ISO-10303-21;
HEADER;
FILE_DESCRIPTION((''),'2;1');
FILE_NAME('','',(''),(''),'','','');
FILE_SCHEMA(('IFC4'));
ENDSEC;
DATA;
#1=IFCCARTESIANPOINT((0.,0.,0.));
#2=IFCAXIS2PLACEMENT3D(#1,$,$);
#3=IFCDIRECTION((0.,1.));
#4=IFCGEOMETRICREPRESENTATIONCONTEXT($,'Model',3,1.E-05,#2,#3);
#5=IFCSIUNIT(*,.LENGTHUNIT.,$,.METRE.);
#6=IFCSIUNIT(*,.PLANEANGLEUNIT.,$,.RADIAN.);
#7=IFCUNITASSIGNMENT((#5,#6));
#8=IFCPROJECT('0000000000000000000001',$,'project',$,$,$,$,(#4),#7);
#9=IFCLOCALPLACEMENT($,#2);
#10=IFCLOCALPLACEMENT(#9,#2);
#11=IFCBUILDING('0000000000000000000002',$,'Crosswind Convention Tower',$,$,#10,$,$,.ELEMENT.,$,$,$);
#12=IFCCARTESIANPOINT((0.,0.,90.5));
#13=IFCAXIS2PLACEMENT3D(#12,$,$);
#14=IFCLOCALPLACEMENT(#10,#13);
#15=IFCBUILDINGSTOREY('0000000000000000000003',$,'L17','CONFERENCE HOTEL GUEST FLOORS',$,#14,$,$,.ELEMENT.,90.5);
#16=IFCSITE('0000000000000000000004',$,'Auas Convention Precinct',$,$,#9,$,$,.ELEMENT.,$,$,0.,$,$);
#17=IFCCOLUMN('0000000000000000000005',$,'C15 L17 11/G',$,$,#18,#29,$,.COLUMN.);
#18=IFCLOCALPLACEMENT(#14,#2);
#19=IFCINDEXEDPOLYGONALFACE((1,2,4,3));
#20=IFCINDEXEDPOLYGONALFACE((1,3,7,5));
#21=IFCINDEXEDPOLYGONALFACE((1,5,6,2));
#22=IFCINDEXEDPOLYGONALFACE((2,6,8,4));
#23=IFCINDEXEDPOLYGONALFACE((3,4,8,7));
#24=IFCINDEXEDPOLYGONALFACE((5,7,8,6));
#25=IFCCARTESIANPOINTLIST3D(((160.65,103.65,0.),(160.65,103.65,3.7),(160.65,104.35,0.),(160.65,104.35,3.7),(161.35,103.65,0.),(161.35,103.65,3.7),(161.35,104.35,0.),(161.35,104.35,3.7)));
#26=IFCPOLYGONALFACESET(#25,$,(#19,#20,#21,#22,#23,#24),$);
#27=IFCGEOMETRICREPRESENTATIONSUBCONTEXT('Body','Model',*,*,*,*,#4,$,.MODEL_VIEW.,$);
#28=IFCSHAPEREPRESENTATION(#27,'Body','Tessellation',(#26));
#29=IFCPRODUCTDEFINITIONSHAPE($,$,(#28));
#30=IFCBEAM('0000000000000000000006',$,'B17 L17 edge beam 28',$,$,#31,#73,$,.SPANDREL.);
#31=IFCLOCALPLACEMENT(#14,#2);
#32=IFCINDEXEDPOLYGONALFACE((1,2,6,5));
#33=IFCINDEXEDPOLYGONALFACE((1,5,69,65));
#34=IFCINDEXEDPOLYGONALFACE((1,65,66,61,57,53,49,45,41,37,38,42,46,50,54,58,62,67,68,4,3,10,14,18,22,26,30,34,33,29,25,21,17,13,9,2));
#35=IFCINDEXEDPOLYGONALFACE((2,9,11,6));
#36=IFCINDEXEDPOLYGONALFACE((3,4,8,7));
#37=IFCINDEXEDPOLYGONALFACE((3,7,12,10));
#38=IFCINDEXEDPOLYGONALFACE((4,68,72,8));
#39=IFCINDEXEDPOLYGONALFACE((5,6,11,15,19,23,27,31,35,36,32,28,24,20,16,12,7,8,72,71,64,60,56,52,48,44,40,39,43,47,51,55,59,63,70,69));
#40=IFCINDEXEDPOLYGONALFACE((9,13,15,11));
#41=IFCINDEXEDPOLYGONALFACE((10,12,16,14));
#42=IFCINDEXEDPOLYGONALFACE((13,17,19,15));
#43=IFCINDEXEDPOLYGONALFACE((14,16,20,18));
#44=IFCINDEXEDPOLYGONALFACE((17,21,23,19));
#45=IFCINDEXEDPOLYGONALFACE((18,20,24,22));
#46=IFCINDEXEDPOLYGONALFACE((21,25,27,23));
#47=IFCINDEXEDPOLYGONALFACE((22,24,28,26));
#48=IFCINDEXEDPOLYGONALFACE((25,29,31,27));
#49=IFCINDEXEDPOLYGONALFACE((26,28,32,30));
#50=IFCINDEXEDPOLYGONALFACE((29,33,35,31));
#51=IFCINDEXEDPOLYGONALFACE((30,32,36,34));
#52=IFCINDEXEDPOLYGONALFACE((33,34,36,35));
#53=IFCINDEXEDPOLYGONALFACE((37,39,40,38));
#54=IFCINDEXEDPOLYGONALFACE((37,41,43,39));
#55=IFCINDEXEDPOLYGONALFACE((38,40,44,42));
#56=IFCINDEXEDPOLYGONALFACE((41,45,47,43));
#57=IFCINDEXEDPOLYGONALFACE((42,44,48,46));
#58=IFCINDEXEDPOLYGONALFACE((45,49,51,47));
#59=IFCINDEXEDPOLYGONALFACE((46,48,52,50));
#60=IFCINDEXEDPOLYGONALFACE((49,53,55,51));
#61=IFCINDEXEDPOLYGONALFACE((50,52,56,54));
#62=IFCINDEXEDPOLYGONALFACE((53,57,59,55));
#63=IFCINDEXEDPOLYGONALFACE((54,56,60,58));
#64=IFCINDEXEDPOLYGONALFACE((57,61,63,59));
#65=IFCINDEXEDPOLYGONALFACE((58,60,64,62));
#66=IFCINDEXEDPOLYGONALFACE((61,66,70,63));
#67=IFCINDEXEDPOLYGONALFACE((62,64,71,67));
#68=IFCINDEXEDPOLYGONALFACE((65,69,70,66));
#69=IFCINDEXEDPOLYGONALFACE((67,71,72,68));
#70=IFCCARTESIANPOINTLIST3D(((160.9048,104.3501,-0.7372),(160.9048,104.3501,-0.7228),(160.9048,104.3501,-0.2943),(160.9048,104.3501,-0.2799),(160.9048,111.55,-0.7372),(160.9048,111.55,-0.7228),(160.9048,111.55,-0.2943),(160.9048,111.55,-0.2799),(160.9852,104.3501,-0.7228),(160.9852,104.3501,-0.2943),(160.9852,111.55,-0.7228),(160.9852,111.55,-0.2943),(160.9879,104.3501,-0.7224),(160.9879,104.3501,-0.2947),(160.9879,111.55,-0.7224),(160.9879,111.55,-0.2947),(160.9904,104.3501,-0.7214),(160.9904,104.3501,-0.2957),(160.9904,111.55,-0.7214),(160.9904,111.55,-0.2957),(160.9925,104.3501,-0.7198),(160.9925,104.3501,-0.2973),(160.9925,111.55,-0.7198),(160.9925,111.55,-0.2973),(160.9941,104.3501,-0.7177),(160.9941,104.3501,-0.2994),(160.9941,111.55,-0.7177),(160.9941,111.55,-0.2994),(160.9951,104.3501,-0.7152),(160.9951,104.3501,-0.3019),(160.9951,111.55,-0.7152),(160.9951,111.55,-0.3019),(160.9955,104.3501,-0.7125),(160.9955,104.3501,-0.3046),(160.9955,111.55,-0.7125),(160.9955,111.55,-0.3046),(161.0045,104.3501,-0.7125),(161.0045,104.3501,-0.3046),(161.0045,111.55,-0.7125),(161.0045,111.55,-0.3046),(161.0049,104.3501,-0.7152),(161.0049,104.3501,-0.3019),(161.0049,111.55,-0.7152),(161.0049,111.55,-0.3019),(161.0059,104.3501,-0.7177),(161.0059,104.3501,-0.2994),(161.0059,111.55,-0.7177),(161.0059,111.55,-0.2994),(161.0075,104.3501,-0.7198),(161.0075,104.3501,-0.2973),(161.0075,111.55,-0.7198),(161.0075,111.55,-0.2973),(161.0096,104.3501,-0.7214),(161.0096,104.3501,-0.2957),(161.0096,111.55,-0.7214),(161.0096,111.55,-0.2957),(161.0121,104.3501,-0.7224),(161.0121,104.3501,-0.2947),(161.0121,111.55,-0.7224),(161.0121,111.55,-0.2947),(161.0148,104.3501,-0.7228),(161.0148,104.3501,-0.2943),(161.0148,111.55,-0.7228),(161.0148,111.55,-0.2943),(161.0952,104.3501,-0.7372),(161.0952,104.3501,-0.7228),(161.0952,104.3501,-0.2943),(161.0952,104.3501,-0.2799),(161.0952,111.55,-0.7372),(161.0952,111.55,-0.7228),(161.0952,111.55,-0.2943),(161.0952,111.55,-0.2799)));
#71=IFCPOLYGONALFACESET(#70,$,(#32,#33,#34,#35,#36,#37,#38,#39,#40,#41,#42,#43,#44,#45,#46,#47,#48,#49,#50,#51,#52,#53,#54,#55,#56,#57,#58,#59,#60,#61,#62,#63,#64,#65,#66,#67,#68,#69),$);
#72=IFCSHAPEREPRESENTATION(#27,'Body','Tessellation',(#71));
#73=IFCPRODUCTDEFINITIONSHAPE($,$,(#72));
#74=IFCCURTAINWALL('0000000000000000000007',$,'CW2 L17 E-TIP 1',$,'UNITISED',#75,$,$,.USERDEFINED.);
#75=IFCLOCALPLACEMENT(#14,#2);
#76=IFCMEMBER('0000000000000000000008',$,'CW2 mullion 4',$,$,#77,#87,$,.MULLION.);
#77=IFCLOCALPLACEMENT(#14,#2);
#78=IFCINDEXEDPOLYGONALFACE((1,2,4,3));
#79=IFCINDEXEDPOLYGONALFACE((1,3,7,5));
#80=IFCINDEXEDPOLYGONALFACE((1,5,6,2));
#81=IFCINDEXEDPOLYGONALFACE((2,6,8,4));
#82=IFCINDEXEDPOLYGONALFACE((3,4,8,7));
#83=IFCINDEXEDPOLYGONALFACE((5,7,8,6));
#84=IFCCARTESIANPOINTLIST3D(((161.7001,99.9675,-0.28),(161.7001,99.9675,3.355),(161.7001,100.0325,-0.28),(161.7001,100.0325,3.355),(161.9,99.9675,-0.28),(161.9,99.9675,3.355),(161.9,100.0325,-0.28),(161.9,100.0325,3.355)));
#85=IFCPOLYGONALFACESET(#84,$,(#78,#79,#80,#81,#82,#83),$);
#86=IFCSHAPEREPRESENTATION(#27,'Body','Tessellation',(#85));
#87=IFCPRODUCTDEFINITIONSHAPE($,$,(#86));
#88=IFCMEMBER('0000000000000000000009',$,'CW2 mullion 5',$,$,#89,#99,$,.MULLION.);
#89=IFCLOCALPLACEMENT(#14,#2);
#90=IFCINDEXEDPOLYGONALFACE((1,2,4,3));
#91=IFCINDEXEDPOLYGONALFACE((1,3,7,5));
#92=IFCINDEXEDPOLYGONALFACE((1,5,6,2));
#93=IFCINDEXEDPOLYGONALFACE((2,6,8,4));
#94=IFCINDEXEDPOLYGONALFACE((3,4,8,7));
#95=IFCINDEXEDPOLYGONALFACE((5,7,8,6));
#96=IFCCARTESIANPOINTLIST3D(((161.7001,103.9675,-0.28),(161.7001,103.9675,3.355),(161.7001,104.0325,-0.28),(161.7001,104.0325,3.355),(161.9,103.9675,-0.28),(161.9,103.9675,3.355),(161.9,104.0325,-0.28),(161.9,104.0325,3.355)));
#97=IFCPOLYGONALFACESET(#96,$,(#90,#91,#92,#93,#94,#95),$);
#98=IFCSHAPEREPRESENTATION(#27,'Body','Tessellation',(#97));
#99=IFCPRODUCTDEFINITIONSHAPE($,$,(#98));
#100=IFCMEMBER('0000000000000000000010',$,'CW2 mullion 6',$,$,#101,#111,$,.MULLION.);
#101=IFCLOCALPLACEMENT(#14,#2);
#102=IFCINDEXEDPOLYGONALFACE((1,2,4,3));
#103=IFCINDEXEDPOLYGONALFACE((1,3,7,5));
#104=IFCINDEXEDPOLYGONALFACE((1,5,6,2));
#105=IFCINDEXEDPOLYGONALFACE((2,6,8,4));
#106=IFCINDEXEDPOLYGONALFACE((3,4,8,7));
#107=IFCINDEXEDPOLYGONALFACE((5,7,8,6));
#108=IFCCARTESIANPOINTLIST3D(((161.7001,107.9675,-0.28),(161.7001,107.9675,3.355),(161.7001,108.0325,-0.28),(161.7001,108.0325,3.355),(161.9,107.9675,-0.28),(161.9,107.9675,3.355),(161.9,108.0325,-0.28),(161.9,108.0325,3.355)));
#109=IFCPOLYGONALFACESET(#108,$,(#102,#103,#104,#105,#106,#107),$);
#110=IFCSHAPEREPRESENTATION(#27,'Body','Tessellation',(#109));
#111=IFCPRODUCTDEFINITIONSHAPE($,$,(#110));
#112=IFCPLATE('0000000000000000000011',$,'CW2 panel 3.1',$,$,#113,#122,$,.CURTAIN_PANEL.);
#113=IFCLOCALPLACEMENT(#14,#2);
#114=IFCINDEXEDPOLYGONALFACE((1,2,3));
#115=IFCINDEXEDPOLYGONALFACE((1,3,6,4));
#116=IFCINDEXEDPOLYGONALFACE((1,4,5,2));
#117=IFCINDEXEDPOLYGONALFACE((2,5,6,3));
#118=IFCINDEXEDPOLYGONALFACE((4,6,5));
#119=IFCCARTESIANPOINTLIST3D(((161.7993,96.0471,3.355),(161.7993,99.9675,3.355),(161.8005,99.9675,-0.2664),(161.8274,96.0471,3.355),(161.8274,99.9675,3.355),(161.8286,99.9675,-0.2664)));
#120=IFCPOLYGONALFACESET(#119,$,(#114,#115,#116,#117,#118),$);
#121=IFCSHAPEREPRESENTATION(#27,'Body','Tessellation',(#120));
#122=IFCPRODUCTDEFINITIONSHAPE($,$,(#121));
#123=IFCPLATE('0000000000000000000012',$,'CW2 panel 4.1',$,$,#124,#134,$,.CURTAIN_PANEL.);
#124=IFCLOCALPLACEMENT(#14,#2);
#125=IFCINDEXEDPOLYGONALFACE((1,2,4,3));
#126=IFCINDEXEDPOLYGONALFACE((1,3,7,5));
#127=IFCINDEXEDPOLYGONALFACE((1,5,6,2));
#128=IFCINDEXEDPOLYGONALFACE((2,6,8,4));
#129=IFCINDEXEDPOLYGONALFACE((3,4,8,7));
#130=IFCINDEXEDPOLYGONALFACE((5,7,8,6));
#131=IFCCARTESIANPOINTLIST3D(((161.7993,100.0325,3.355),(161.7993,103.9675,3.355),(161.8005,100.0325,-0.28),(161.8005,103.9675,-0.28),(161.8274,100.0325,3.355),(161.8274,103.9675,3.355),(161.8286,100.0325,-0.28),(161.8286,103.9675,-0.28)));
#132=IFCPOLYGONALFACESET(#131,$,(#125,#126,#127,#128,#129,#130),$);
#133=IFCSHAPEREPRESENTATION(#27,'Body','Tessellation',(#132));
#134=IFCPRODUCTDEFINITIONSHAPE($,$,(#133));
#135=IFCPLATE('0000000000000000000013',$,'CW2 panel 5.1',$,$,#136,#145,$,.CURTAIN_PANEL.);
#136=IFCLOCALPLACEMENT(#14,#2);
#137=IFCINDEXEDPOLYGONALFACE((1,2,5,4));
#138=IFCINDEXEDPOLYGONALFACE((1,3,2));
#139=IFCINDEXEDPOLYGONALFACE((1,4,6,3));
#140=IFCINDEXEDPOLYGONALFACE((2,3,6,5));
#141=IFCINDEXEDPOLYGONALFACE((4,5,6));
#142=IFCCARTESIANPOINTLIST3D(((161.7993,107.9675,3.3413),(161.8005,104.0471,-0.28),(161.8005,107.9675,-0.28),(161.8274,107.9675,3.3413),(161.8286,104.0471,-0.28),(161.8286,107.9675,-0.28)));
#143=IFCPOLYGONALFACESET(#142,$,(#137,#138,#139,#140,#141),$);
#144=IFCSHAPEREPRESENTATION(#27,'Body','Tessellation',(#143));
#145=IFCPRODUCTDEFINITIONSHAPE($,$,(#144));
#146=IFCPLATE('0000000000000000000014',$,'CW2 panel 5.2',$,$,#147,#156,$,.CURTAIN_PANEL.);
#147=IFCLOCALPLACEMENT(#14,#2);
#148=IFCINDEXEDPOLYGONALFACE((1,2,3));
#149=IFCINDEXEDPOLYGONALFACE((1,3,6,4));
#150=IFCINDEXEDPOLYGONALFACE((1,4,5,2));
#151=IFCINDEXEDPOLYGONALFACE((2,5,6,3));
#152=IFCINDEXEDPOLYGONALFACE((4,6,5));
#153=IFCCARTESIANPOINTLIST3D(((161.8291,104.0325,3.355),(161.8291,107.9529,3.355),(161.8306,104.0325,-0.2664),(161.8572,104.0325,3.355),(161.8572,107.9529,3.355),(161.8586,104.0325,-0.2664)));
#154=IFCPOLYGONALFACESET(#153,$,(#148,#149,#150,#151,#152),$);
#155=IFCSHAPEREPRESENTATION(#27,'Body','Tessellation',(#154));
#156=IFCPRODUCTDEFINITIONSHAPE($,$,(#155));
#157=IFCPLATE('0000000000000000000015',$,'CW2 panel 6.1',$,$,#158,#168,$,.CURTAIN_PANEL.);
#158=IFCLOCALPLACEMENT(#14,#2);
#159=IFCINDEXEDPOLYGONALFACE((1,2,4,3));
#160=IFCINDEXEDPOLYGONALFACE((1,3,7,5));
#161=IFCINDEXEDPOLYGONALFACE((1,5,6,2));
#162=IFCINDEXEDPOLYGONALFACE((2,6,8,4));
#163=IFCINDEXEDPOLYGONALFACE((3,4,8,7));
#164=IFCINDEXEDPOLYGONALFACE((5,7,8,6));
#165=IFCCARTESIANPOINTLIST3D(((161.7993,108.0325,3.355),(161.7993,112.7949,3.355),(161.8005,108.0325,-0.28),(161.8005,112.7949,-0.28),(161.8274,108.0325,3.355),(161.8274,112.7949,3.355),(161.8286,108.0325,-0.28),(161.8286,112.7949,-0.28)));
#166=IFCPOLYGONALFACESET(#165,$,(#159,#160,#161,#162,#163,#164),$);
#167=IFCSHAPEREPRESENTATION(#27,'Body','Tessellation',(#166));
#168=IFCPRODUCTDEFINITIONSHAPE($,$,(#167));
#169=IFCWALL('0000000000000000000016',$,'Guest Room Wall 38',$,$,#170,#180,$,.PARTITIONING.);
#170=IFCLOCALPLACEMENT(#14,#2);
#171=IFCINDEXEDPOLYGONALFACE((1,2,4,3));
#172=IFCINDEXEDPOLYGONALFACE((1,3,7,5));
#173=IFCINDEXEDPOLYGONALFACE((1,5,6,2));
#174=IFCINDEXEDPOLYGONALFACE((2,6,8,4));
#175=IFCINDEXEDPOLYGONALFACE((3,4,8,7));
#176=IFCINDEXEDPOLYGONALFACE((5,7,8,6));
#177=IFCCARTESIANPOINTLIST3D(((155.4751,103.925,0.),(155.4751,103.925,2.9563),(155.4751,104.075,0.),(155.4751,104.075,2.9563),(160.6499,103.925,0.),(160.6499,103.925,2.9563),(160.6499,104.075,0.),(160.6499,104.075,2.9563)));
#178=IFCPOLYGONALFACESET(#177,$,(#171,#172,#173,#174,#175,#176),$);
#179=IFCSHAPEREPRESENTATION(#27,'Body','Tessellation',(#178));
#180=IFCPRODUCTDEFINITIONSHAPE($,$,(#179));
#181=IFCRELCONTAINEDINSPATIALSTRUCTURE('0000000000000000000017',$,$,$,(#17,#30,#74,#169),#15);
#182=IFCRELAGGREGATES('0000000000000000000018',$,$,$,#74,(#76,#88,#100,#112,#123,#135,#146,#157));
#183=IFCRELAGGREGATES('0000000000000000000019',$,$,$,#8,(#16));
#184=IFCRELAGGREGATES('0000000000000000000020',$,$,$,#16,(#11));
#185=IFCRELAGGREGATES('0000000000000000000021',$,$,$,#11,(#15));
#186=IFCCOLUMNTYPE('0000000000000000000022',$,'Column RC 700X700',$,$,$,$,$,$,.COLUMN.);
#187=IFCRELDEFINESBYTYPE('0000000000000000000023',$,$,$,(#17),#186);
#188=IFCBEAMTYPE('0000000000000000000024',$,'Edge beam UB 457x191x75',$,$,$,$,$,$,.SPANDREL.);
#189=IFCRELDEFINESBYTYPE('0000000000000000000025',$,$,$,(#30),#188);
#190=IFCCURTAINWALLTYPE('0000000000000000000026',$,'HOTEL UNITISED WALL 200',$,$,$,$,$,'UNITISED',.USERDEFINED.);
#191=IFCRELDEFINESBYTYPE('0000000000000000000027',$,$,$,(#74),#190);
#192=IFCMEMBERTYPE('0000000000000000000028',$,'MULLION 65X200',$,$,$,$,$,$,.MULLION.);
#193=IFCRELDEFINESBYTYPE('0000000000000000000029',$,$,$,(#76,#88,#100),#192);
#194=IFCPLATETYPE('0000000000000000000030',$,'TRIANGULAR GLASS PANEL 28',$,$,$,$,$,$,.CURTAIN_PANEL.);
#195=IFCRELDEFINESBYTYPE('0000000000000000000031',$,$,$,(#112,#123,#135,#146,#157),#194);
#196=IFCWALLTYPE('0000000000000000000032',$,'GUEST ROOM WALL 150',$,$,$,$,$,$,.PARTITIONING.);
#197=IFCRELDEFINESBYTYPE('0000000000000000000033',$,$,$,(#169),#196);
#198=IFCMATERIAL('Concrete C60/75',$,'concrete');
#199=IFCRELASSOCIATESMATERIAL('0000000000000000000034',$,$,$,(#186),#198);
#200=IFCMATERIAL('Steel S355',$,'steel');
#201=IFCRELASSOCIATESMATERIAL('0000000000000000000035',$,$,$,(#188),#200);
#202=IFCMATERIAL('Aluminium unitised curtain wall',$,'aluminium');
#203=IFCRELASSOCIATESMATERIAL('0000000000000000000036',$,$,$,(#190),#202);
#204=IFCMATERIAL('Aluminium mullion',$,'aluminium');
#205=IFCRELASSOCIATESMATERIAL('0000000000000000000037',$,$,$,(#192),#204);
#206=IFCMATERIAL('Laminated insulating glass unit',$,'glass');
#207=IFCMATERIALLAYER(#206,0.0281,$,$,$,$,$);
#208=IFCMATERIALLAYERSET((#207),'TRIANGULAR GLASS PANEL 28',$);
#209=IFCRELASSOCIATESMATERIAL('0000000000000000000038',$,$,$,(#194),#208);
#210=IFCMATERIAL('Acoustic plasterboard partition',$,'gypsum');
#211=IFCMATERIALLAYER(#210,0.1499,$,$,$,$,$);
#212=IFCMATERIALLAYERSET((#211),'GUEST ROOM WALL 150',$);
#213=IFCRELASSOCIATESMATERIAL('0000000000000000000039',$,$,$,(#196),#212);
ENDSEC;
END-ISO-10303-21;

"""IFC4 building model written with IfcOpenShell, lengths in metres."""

from ifc_helpers import new_model, si_unit, direction, frame, frame_2d, origin, origin_2d, place, context, subcontext, project, spatial, polyline, rectangle, i_section, outline, extrude, material, layer, layer_set, material_profile, profile_set, type_object, element, aggregate, save


model = new_model("IFC4")

# Units and contexts
model_context = context("Model", 3, precision=1e-05, world=origin(), true_north=direction((0.0, 1.0)))
body_context = subcontext(model_context, "Body", "Model", "MODEL_VIEW")
ifc_project = project(units=[si_unit("LENGTHUNIT", "METRE"), si_unit("PLANEANGLEUNIT", "RADIAN")], contexts=[model_context])

# Site, building, storey
site_placement = place(None, origin())
site = spatial("IfcSite", under=ifc_project, at=site_placement, Name="Auas Convention Precinct", CompositionType="ELEMENT", RefElevation=0.0)
building_placement = place(site_placement, origin())
building = spatial("IfcBuilding", under=site, at=building_placement, Name="Crosswind Convention Tower", CompositionType="ELEMENT")
storey_placement = place(building_placement, frame((0.0, 0.0, 90.5)))
storey = spatial("IfcBuildingStorey", under=building, at=storey_placement, Name="L17", Description="CONFERENCE HOTEL GUEST FLOORS", CompositionType="ELEMENT", Elevation=90.5)

# Column
ifc_material_1 = material(Name="Concrete C60/75", Category="concrete")
ifc_material_profile_1 = material_profile(ifc_material_1, rectangle(XDim=0.7, YDim=0.7, at=origin_2d()), Name="RC 700X700")
ifc_profile_set_1 = profile_set([ifc_material_profile_1], Name="Concrete C60/75")
column_type = type_object("IfcColumnType", Name="Column RC 700X700", PredefinedType="COLUMN", material=ifc_profile_set_1)
column_placement = place(storey_placement, frame((161.0, 104.0, 0.0), z_axis=(0.0, 0.0, 1.0), x_axis=(1.0, 0.0, 0.0)))
element("IfcColumn", 1, at=column_placement, inside=storey, type_object=column_type, Name="C15 L17 11/G", PredefinedType="COLUMN", context=body_context, shape_type="SweptSolid", body=[
    extrude(rectangle(XDim=0.7, YDim=0.7, at=origin_2d()), origin(), (0.0, 0.0, 1.0), 3.7),
])

# Beam
ifc_material_2 = material(Name="Steel S355", Category="steel")
ifc_material_profile_2 = material_profile(ifc_material_2, i_section(OverallWidth=0.1904, OverallDepth=0.4573, WebThickness=0.009, FlangeThickness=0.0144, FilletRadius=0.0103, at=origin_2d()), Name="UB 457x191x75")
ifc_profile_set_2 = profile_set([ifc_material_profile_2], Name="Steel S355")
beam_type = type_object("IfcBeamType", Name="Edge beam UB 457x191x75", PredefinedType="SPANDREL", material=ifc_profile_set_2)
beam_placement = place(storey_placement, frame((161.0, 104.3501, -0.5085), z_axis=(0.0, 1.0, 0.0), x_axis=(-1.0, 0.0, 0.0)))
element("IfcBeam", 2, at=beam_placement, inside=storey, type_object=beam_type, Name="B17 L17 edge beam 28", PredefinedType="SPANDREL", context=body_context, shape_type="SweptSolid", body=[
    extrude(i_section(OverallWidth=0.1904, OverallDepth=0.4573, WebThickness=0.009, FlangeThickness=0.0144, FilletRadius=0.0103, at=origin_2d()), origin(), (0.0, 0.0, 1.0), 7.2),
])

# Curtain wall, members, plates
ifc_material_3 = material(Name="Aluminium unitised curtain wall", Category="aluminium")
curtain_wall_type = type_object("IfcCurtainWallType", Name="HOTEL UNITISED WALL 200", ElementType="UNITISED", PredefinedType="USERDEFINED", material=ifc_material_3)
curtain_wall_placement = place(storey_placement, origin())
curtain_wall = element("IfcCurtainWall", 3, at=curtain_wall_placement, inside=storey, type_object=curtain_wall_type, Name="CW2 L17 E-TIP 1", ObjectType="UNITISED", PredefinedType="USERDEFINED")
ifc_material_4 = material(Name="Aluminium mullion", Category="aluminium")
ifc_material_profile_3 = material_profile(ifc_material_4, rectangle(XDim=0.2, YDim=0.0649, at=origin_2d()), Name="AL 200X65")
ifc_profile_set_3 = profile_set([ifc_material_profile_3], Name="Aluminium mullion")
member_type = type_object("IfcMemberType", Name="MULLION 65X200", PredefinedType="MULLION", material=ifc_profile_set_3)
member_1_placement = place(storey_placement, frame((161.8, 100.0, -0.28), z_axis=(0.0, 0.0, 1.0), x_axis=(1.0, 0.0, 0.0)))
member_1 = element("IfcMember", 4, at=member_1_placement, type_object=member_type, Name="CW2 mullion 4", PredefinedType="MULLION", context=body_context, shape_type="SweptSolid", body=[
    extrude(rectangle(XDim=0.2, YDim=0.0649, at=origin_2d()), origin(), (0.0, 0.0, 1.0), 3.635),
])
member_2_placement = place(storey_placement, frame((161.8, 104.0, -0.28), z_axis=(0.0, 0.0, 1.0), x_axis=(1.0, 0.0, 0.0)))
member_2 = element("IfcMember", 5, at=member_2_placement, type_object=member_type, Name="CW2 mullion 5", PredefinedType="MULLION", context=body_context, shape_type="SweptSolid", body=[
    extrude(rectangle(XDim=0.2, YDim=0.0649, at=origin_2d()), origin(), (0.0, 0.0, 1.0), 3.635),
])
member_3_placement = place(storey_placement, frame((161.8, 108.0, -0.28), z_axis=(0.0, 0.0, 1.0), x_axis=(1.0, 0.0, 0.0)))
member_3 = element("IfcMember", 6, at=member_3_placement, type_object=member_type, Name="CW2 mullion 6", PredefinedType="MULLION", context=body_context, shape_type="SweptSolid", body=[
    extrude(rectangle(XDim=0.2, YDim=0.0649, at=origin_2d()), origin(), (0.0, 0.0, 1.0), 3.635),
])
ifc_material_5 = material(Name="Laminated insulating glass unit", Category="glass")
ifc_layer_1 = layer(ifc_material_5, 0.0281)
ifc_layer_set_1 = layer_set([ifc_layer_1], Name="TRIANGULAR GLASS PANEL 28")
plate_type = type_object("IfcPlateType", Name="TRIANGULAR GLASS PANEL 28", PredefinedType="CURTAIN_PANEL", material=ifc_layer_set_1)
plate_1_placement = place(storey_placement, frame((161.8274, 99.9675, 3.355), z_axis=(1.0, 0.0, 0.000337), x_axis=(0.0, -1.0, 0.0)))
plate_1 = element("IfcPlate", 7, at=plate_1_placement, type_object=plate_type, Name="CW2 panel 3.1", PredefinedType="CURTAIN_PANEL", context=body_context, shape_type="SweptSolid", body=[
    extrude(outline(polyline([(0.0, 0.0), (3.9204, 0.0), (0.0, 3.6213), (0.0, 0.0)])), origin(), (0.0, 0.0, -1.0), 0.0281),
])
plate_2_placement = place(storey_placement, frame((161.8286, 100.0325, -0.28), z_axis=(1.0, 0.0, 0.000336), x_axis=(0.0, 1.0, 0.0)))
plate_2 = element("IfcPlate", 8, at=plate_2_placement, type_object=plate_type, Name="CW2 panel 4.1", PredefinedType="CURTAIN_PANEL", context=body_context, shape_type="SweptSolid", body=[
    extrude(outline(polyline([(0.0, 0.0), (3.9351, 0.0), (3.9351, 3.635), (0.0, 3.635), (0.0, 0.0)])), origin(), (0.0, 0.0, -1.0), 0.0281),
])
plate_3_placement = place(storey_placement, frame((161.8286, 107.9675, -0.28), z_axis=(1.0, 0.0, 0.000337), x_axis=(-0.000337, 0.0, 1.0)))
plate_3 = element("IfcPlate", 9, at=plate_3_placement, type_object=plate_type, Name="CW2 panel 5.1", PredefinedType="CURTAIN_PANEL", context=body_context, shape_type="SweptSolid", body=[
    extrude(outline(polyline([(0.0, 0.0), (3.6213, 0.0), (0.0, 3.9204), (0.0, 0.0)])), origin(), (0.0, 0.0, -1.0), 0.0281),
])
plate_4_placement = place(storey_placement, frame((161.8572, 104.0325, 3.355), z_axis=(1.0, 0.0, 0.000405), x_axis=(0.000405, 0.0, -1.0)))
plate_4 = element("IfcPlate", 10, at=plate_4_placement, type_object=plate_type, Name="CW2 panel 5.2", PredefinedType="CURTAIN_PANEL", context=body_context, shape_type="SweptSolid", body=[
    extrude(outline(polyline([(0.0, 0.0), (3.6213, 0.0), (0.0, 3.9204), (0.0, 0.0)])), origin(), (0.0, 0.0, -1.0), 0.0281),
])
plate_5_placement = place(storey_placement, frame((161.8286, 108.0325, -0.28), z_axis=(1.0, 0.0, 0.000336), x_axis=(0.0, 1.0, 0.0)))
plate_5 = element("IfcPlate", 11, at=plate_5_placement, type_object=plate_type, Name="CW2 panel 6.1", PredefinedType="CURTAIN_PANEL", context=body_context, shape_type="SweptSolid", body=[
    extrude(outline(polyline([(0.0, 0.0), (4.7625, 0.0), (4.7625, 3.635), (0.0, 3.635), (0.0, 0.0)])), origin(), (0.0, 0.0, -1.0), 0.0281),
])
aggregate(curtain_wall, [member_1, member_2, member_3, plate_1, plate_2, plate_3, plate_4, plate_5])

# Wall
ifc_material_6 = material(Name="Acoustic plasterboard partition", Category="gypsum")
ifc_layer_2 = layer(ifc_material_6, 0.1499)
ifc_layer_set_2 = layer_set([ifc_layer_2], Name="GUEST ROOM WALL 150")
wall_type_1 = type_object("IfcWallType", Name="GUEST ROOM WALL 150", PredefinedType="PARTITIONING", material=ifc_layer_set_2)
wall_1_placement = place(storey_placement, frame((155.4751, 104.0, 0.0), z_axis=(0.0, 0.0, 1.0), x_axis=(1.0, 0.0, 0.0)))
element("IfcWall", 12, at=wall_1_placement, inside=storey, type_object=wall_type_1, Name="Guest Room Wall 38", PredefinedType="PARTITIONING", context=body_context, shape_type="SweptSolid", body=[
    extrude(rectangle(XDim=5.1748, YDim=0.1499, at=frame_2d((2.5874, 0.0))), origin(), (0.0, 0.0, 1.0), 2.9563),
])

save(model, "model.ifc")
